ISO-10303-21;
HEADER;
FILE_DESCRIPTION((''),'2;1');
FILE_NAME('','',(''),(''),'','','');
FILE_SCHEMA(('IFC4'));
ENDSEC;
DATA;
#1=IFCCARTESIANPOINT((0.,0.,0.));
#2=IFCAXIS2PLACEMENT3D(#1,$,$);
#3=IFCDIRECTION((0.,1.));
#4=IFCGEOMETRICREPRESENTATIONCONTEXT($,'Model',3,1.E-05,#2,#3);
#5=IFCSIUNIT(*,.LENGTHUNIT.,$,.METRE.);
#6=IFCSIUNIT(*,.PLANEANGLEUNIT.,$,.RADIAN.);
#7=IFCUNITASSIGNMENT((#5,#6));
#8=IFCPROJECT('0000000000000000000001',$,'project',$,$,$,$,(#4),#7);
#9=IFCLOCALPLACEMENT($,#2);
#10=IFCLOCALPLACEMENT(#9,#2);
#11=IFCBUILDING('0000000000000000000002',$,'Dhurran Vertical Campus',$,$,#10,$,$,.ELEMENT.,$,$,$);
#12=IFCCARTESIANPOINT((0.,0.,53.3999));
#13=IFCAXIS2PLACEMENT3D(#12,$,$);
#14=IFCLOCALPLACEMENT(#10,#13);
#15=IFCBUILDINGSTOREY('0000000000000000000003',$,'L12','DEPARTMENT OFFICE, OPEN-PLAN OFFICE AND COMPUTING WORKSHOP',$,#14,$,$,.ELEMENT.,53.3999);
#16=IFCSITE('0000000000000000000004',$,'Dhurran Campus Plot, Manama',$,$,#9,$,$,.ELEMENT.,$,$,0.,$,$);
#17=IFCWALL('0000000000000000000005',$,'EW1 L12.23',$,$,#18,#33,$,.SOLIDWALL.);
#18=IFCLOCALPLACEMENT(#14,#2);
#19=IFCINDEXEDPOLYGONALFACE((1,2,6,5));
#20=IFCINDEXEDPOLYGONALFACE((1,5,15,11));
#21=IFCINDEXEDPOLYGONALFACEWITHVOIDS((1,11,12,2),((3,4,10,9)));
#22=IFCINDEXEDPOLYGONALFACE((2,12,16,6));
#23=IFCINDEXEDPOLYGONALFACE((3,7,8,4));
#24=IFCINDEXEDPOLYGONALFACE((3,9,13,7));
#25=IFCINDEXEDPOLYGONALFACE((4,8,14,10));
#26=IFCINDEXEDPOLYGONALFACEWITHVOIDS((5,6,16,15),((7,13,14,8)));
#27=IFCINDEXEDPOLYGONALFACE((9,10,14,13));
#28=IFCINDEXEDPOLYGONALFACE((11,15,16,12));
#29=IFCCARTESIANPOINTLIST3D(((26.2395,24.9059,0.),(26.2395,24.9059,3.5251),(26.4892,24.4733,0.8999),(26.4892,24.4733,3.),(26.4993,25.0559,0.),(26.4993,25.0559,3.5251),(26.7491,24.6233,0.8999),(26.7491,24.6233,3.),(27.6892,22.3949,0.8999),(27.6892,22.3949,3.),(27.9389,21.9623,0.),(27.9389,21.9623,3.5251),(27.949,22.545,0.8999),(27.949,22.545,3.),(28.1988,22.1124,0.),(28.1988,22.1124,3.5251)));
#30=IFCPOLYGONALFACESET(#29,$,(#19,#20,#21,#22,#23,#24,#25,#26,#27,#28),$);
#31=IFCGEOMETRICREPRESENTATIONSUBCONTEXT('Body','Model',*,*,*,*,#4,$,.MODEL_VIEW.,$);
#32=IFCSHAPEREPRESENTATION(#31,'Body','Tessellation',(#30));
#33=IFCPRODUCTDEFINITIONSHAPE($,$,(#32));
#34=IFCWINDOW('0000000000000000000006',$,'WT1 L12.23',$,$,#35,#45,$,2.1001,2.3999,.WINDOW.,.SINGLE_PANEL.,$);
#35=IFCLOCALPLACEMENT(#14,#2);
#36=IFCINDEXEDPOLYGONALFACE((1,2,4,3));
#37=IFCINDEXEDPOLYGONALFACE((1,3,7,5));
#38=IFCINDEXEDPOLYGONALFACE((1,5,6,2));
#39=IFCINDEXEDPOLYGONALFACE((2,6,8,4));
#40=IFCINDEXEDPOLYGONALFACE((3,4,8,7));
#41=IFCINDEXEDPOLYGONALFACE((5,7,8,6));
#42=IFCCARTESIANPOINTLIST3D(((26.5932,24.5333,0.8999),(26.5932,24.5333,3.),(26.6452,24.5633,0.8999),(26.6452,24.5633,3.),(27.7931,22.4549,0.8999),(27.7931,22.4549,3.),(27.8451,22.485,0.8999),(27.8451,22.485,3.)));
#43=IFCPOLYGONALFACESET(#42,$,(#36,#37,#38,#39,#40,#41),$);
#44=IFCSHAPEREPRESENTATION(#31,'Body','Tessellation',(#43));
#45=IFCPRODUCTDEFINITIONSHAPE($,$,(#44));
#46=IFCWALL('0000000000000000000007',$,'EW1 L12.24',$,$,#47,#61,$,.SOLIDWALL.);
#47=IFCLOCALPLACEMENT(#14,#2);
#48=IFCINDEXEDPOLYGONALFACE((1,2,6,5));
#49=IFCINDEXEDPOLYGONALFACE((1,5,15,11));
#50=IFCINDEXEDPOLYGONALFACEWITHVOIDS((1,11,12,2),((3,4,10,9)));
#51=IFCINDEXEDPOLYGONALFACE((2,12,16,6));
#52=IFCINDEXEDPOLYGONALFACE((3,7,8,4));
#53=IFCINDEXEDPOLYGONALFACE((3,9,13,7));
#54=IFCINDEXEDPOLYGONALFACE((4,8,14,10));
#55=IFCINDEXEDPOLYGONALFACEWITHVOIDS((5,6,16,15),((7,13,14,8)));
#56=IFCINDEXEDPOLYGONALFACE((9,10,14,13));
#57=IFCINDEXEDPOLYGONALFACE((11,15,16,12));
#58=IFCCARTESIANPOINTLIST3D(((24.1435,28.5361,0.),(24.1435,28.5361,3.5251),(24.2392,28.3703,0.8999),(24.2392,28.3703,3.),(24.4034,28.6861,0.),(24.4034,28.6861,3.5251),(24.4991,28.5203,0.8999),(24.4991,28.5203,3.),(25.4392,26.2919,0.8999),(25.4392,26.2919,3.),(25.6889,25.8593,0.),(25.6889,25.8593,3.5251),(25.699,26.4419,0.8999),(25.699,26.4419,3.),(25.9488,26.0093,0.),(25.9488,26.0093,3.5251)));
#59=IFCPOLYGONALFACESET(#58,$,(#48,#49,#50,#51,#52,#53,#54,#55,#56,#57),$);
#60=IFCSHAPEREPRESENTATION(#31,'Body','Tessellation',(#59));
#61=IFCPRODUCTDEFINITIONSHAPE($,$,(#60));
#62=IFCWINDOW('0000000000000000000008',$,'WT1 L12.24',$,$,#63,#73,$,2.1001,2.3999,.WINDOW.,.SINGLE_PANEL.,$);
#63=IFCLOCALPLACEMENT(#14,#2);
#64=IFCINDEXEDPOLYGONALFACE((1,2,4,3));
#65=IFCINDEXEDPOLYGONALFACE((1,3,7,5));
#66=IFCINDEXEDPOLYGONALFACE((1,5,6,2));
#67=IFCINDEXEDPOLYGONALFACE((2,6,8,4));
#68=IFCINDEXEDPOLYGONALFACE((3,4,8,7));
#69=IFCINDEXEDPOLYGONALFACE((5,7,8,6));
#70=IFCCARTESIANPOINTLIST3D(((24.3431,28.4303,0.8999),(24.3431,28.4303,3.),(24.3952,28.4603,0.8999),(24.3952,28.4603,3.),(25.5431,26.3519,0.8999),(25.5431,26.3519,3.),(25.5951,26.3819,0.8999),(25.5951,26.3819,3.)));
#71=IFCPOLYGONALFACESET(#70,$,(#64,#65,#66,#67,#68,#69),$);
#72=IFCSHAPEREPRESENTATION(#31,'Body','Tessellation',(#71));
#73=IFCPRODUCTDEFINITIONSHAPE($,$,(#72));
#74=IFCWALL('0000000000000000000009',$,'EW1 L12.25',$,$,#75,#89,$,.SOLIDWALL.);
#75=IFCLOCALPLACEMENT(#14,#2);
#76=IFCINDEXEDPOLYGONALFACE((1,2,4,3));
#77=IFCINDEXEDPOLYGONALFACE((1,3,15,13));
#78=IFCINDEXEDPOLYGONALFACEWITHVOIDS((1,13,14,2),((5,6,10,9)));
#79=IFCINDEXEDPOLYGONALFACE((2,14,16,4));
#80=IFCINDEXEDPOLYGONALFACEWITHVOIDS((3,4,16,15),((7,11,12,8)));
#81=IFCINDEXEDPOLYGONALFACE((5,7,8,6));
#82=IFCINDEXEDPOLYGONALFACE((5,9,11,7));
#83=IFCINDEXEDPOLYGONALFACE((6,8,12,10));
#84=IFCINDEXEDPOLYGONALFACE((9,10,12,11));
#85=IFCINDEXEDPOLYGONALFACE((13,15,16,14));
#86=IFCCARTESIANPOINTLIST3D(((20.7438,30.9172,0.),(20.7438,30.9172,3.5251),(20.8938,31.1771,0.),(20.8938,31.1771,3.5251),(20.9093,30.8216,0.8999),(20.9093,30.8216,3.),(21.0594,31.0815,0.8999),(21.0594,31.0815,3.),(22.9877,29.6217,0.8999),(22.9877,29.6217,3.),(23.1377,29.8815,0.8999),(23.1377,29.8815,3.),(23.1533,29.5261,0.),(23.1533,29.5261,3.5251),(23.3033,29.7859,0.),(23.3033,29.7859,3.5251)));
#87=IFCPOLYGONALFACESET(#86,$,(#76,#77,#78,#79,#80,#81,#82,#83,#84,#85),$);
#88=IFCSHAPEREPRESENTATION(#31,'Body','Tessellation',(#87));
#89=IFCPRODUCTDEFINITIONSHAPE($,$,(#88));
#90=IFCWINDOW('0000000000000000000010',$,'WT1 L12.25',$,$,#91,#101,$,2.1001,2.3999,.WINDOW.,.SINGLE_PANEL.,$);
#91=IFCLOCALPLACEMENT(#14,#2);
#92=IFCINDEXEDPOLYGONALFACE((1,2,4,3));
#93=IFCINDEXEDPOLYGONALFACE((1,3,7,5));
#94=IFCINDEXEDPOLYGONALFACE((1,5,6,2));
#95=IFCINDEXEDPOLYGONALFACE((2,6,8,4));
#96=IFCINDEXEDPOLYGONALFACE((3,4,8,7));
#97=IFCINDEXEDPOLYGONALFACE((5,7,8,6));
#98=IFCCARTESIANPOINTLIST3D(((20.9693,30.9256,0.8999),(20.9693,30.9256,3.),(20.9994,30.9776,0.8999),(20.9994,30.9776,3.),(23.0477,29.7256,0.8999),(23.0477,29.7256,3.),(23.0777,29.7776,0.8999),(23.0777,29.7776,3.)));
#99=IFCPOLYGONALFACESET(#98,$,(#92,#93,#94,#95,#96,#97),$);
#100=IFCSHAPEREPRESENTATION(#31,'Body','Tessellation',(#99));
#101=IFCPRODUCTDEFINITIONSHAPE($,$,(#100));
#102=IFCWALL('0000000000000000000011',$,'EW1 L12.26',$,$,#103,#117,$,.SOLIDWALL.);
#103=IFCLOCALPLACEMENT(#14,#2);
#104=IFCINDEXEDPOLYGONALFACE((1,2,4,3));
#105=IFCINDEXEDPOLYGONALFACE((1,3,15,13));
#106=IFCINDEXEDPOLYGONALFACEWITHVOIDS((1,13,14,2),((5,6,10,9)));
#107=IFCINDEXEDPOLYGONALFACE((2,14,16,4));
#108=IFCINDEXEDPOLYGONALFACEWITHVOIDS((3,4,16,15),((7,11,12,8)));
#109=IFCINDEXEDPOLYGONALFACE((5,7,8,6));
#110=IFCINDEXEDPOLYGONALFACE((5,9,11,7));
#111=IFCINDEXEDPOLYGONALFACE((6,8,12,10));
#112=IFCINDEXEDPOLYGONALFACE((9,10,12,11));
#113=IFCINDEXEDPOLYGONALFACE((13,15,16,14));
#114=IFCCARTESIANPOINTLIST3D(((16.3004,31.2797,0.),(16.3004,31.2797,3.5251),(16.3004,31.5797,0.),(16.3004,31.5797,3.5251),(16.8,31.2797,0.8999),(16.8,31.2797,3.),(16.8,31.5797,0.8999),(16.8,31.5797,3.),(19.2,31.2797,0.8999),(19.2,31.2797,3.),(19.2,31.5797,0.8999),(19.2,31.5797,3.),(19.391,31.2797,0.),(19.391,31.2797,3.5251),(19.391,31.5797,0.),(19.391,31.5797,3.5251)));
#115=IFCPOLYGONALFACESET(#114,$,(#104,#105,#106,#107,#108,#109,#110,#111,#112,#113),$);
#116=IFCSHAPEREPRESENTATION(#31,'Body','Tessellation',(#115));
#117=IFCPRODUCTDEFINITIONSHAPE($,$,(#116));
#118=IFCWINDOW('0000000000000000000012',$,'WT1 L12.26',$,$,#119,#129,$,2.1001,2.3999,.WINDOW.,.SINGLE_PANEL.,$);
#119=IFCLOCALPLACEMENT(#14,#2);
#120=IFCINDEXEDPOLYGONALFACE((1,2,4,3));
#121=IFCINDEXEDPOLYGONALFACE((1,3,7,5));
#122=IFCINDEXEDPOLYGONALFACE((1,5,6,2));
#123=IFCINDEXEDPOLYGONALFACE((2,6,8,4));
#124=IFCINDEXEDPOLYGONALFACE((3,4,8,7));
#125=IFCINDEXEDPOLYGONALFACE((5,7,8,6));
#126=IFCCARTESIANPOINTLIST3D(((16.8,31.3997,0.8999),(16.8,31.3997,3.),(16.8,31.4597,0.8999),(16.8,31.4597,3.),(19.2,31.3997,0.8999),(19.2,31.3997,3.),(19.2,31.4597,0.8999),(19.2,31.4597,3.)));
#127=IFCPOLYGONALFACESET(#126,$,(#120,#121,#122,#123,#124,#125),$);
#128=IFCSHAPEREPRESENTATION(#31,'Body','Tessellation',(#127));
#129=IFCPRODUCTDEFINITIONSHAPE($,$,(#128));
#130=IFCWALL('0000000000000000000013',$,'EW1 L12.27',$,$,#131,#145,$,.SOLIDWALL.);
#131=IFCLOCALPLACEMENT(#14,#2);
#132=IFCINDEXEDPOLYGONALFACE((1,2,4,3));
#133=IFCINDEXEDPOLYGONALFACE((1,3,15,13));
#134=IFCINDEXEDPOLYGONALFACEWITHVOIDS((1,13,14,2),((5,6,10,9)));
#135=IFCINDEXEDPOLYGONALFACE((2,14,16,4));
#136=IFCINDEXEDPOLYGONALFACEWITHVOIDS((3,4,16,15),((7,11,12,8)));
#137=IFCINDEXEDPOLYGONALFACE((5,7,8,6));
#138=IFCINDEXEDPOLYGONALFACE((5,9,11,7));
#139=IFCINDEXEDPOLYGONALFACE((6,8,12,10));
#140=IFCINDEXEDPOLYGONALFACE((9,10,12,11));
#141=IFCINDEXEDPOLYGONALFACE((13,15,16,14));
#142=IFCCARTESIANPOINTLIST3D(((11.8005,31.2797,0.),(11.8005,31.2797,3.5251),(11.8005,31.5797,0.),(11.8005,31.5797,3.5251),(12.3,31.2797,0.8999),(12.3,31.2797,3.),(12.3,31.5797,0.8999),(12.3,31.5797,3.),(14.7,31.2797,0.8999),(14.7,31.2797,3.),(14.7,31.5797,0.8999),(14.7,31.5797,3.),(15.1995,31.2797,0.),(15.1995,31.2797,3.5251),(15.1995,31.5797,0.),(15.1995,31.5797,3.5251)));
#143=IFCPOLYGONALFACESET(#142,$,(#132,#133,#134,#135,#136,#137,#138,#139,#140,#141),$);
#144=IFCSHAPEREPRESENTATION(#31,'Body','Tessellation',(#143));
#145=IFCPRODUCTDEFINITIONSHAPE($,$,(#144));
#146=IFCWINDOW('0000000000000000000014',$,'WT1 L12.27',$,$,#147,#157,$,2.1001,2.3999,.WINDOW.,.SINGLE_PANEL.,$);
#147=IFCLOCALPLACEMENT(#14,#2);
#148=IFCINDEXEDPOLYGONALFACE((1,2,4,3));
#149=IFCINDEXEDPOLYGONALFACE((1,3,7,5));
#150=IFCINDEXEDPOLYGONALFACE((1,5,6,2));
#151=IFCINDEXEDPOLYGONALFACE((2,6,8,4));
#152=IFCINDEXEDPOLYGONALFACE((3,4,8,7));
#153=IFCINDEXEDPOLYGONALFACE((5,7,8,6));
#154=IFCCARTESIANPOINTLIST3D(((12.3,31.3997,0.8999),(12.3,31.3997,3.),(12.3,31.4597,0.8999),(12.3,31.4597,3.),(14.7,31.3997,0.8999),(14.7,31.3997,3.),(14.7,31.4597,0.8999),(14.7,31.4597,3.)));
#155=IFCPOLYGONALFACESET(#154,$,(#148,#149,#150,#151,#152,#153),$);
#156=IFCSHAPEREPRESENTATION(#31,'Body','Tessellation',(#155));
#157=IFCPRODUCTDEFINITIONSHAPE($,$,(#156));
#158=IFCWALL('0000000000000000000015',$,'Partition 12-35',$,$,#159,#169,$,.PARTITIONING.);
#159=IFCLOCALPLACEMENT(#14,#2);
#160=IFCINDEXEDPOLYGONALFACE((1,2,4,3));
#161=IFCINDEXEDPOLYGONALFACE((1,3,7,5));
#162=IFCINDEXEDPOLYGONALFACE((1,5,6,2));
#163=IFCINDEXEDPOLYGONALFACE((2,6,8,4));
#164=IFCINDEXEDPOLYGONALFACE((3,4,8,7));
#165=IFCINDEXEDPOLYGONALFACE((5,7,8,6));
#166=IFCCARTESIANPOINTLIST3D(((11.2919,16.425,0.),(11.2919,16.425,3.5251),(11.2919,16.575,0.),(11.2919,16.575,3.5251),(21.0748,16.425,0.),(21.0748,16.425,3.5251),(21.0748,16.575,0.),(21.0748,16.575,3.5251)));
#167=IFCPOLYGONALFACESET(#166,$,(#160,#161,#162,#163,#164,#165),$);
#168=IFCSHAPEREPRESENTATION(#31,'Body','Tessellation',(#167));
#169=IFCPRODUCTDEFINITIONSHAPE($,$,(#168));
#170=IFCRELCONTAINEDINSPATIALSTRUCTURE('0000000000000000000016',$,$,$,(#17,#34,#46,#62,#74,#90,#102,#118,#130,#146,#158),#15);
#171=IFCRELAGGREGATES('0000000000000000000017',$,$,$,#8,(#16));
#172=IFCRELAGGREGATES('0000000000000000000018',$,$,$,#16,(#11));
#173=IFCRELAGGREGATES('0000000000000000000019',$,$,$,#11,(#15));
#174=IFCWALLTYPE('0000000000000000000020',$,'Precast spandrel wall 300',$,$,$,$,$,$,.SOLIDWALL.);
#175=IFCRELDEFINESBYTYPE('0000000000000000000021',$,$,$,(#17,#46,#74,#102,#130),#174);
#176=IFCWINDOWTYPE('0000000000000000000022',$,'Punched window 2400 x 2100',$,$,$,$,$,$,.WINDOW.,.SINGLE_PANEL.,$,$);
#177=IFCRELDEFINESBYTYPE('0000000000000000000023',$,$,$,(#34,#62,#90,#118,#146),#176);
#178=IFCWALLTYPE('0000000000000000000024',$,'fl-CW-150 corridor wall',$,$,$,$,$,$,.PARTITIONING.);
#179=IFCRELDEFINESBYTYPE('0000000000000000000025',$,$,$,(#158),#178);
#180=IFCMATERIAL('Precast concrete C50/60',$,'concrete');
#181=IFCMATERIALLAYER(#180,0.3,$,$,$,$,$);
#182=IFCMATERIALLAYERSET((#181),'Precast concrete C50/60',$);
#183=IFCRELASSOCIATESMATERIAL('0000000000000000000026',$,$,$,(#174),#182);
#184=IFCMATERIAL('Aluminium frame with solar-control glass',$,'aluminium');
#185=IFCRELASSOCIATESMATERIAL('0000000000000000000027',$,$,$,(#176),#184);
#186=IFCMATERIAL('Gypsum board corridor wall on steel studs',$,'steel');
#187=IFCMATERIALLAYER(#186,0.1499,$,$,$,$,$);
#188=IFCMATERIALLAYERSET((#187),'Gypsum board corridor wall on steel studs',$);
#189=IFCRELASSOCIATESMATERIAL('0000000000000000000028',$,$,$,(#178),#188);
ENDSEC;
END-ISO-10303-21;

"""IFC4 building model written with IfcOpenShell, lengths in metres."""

from ifc_helpers import new_model, si_unit, direction, frame, frame_2d, origin, place, context, subcontext, project, spatial, rectangle, extrude, material, layer, layer_set, type_object, element, fill, save


model = new_model("IFC4")

# Units and contexts
model_context = context("Model", 3, precision=1e-05, world=origin(), true_north=direction((0.0, 1.0)))
body_context = subcontext(model_context, "Body", "Model", "MODEL_VIEW")
ifc_project = project(units=[si_unit("LENGTHUNIT", "METRE"), si_unit("PLANEANGLEUNIT", "RADIAN")], contexts=[model_context])

# Site, building, storey
site_placement = place(None, origin())
site = spatial("IfcSite", under=ifc_project, at=site_placement, Name="Dhurran Campus Plot, Manama", CompositionType="ELEMENT", RefElevation=0.0)
building_placement = place(site_placement, origin())
building = spatial("IfcBuilding", under=site, at=building_placement, Name="Dhurran Vertical Campus", CompositionType="ELEMENT")
storey_placement = place(building_placement, frame((0.0, 0.0, 53.3999)))
storey = spatial("IfcBuildingStorey", under=building, at=storey_placement, Name="L12", Description="DEPARTMENT OFFICE, OPEN-PLAN OFFICE AND COMPUTING WORKSHOP", CompositionType="ELEMENT", Elevation=53.3999)

# Walls, openings, windows
ifc_material_1 = material(Name="Precast concrete C50/60", Category="concrete")
ifc_layer_1 = layer(ifc_material_1, 0.3)
ifc_layer_set_1 = layer_set([ifc_layer_1], Name="Precast concrete C50/60")
wall_type_1 = type_object("IfcWallType", Name="Precast spandrel wall 300", PredefinedType="SOLIDWALL", material=ifc_layer_set_1)
ifc_material_2 = material(Name="Aluminium frame with solar-control glass", Category="aluminium")
window_type = type_object("IfcWindowType", Name="Punched window 2400 x 2100", PartitioningType="SINGLE_PANEL", PredefinedType="WINDOW", material=ifc_material_2)
wall_1_placement = place(storey_placement, frame((28.0688, 22.0374, 0.0), z_axis=(0.0, 0.0, 1.0), x_axis=(-0.499994, 0.866029, 0.0)))
wall_1 = element("IfcWall", 1, at=wall_1_placement, inside=storey, type_object=wall_type_1, Name="EW1 L12.23", PredefinedType="SOLIDWALL", context=body_context, shape_type="SweptSolid", body=[
    extrude(rectangle(XDim=3.3989, YDim=0.3, at=frame_2d((1.6995, 0.0))), origin(), (0.0, 0.0, 1.0), 3.5251),
])
opening_1_placement = place(wall_1_placement, frame((0.4995, 0.0, 0.8999)))
opening_1 = element("IfcOpeningElement", 2, at=opening_1_placement, cuts=wall_1, PredefinedType="OPENING", context=body_context, shape_type="SweptSolid", body=[
    extrude(rectangle(XDim=2.3999, YDim=2.1001, at=frame_2d((1.2, 1.05))), frame((0.0, 0.1599, 0.0), z_axis=(0.0, -1.0, 0.0), x_axis=(1.0, 0.0, 0.0)), (0.0, 0.0, 1.0), 0.3201),
])
window_1_placement = place(opening_1_placement, origin())
window_1 = element("IfcWindow", 3, at=window_1_placement, inside=storey, type_object=window_type, Name="WT1 L12.23", OverallHeight=2.1001, OverallWidth=2.3999, PartitioningType="SINGLE_PANEL", PredefinedType="WINDOW", context=body_context, shape_type="SweptSolid", body=[
    extrude(rectangle(XDim=2.3999, YDim=2.1001, at=frame_2d((1.2, 1.05))), frame((0.0, 0.03, 0.0), z_axis=(0.0, -1.0, 0.0), x_axis=(1.0, 0.0, 0.0)), (0.0, 0.0, 1.0), 0.0601),
])
fill(opening_1, window_1)
wall_2_placement = place(storey_placement, frame((25.8188, 25.9343, 0.0), z_axis=(0.0, 0.0, 1.0), x_axis=(-0.499996, 0.866028, 0.0)))
wall_2 = element("IfcWall", 4, at=wall_2_placement, inside=storey, type_object=wall_type_1, Name="EW1 L12.24", PredefinedType="SOLIDWALL", context=body_context, shape_type="SweptSolid", body=[
    extrude(rectangle(XDim=3.0908, YDim=0.3, at=frame_2d((1.5454, 0.0))), origin(), (0.0, 0.0, 1.0), 3.5251),
])
opening_2_placement = place(wall_2_placement, frame((0.4995, 0.0, 0.8999)))
opening_2 = element("IfcOpeningElement", 5, at=opening_2_placement, cuts=wall_2, PredefinedType="OPENING", context=body_context, shape_type="SweptSolid", body=[
    extrude(rectangle(XDim=2.3999, YDim=2.1001, at=frame_2d((1.2, 1.05))), frame((0.0, 0.1599, 0.0), z_axis=(0.0, -1.0, 0.0), x_axis=(1.0, 0.0, 0.0)), (0.0, 0.0, 1.0), 0.3201),
])
window_2_placement = place(opening_2_placement, origin())
window_2 = element("IfcWindow", 6, at=window_2_placement, inside=storey, type_object=window_type, Name="WT1 L12.24", OverallHeight=2.1001, OverallWidth=2.3999, PartitioningType="SINGLE_PANEL", PredefinedType="WINDOW", context=body_context, shape_type="SweptSolid", body=[
    extrude(rectangle(XDim=2.3999, YDim=2.1001, at=frame_2d((1.2, 1.05))), frame((0.0, 0.03, 0.0), z_axis=(0.0, -1.0, 0.0), x_axis=(1.0, 0.0, 0.0)), (0.0, 0.0, 1.0), 0.0601),
])
fill(opening_2, window_2)
wall_3_placement = place(storey_placement, frame((23.2283, 29.656, 0.0), z_axis=(0.0, 0.0, 1.0), x_axis=(-0.86602, 0.500009, 0.0)))
wall_3 = element("IfcWall", 7, at=wall_3_placement, inside=storey, type_object=wall_type_1, Name="EW1 L12.25", PredefinedType="SOLIDWALL", context=body_context, shape_type="SweptSolid", body=[
    extrude(rectangle(XDim=2.7822, YDim=0.3, at=frame_2d((1.3911, 0.0))), origin(), (0.0, 0.0, 1.0), 3.5251),
])
opening_3_placement = place(wall_3_placement, frame((0.1912, 0.0, 0.8999)))
opening_3 = element("IfcOpeningElement", 8, at=opening_3_placement, cuts=wall_3, PredefinedType="OPENING", context=body_context, shape_type="SweptSolid", body=[
    extrude(rectangle(XDim=2.3999, YDim=2.1001, at=frame_2d((1.2, 1.05))), frame((0.0, 0.1599, 0.0), z_axis=(0.0, -1.0, 0.0), x_axis=(1.0, 0.0, 0.0)), (0.0, 0.0, 1.0), 0.3201),
])
window_3_placement = place(opening_3_placement, origin())
window_3 = element("IfcWindow", 9, at=window_3_placement, inside=storey, type_object=window_type, Name="WT1 L12.25", OverallHeight=2.1001, OverallWidth=2.3999, PartitioningType="SINGLE_PANEL", PredefinedType="WINDOW", context=body_context, shape_type="SweptSolid", body=[
    extrude(rectangle(XDim=2.3999, YDim=2.1001, at=frame_2d((1.2, 1.05))), frame((0.0, 0.03, 0.0), z_axis=(0.0, -1.0, 0.0), x_axis=(1.0, 0.0, 0.0)), (0.0, 0.0, 1.0), 0.0601),
])
fill(opening_3, window_3)
wall_4_placement = place(storey_placement, frame((19.3911, 31.4297, 0.0), z_axis=(0.0, 0.0, 1.0), x_axis=(-1.0, 0.0, 0.0)))
wall_4 = element("IfcWall", 10, at=wall_4_placement, inside=storey, type_object=wall_type_1, Name="EW1 L12.26", PredefinedType="SOLIDWALL", context=body_context, shape_type="SweptSolid", body=[
    extrude(rectangle(XDim=3.0906, YDim=0.3, at=frame_2d((1.5454, 0.0))), origin(), (0.0, 0.0, 1.0), 3.5251),
])
opening_4_placement = place(wall_4_placement, frame((0.1912, 0.0, 0.8999)))
opening_4 = element("IfcOpeningElement", 11, at=opening_4_placement, cuts=wall_4, PredefinedType="OPENING", context=body_context, shape_type="SweptSolid", body=[
    extrude(rectangle(XDim=2.3999, YDim=2.1001, at=frame_2d((1.2, 1.05))), frame((0.0, 0.1599, 0.0), z_axis=(0.0, -1.0, 0.0), x_axis=(1.0, 0.0, 0.0)), (0.0, 0.0, 1.0), 0.3201),
])
window_4_placement = place(opening_4_placement, origin())
window_4 = element("IfcWindow", 12, at=window_4_placement, inside=storey, type_object=window_type, Name="WT1 L12.26", OverallHeight=2.1001, OverallWidth=2.3999, PartitioningType="SINGLE_PANEL", PredefinedType="WINDOW", context=body_context, shape_type="SweptSolid", body=[
    extrude(rectangle(XDim=2.3999, YDim=2.1001, at=frame_2d((1.2, 1.05))), frame((0.0, 0.03, 0.0), z_axis=(0.0, -1.0, 0.0), x_axis=(1.0, 0.0, 0.0)), (0.0, 0.0, 1.0), 0.0601),
])
fill(opening_4, window_4)
wall_5_placement = place(storey_placement, frame((15.1995, 31.4297, 0.0), z_axis=(0.0, 0.0, 1.0), x_axis=(-1.0, 0.0, 0.0)))
wall_5 = element("IfcWall", 13, at=wall_5_placement, inside=storey, type_object=wall_type_1, Name="EW1 L12.27", PredefinedType="SOLIDWALL", context=body_context, shape_type="SweptSolid", body=[
    extrude(rectangle(XDim=3.3989, YDim=0.3, at=frame_2d((1.6995, 0.0))), origin(), (0.0, 0.0, 1.0), 3.5251),
])
opening_5_placement = place(wall_5_placement, frame((0.4995, 0.0, 0.8999)))
opening_5 = element("IfcOpeningElement", 14, at=opening_5_placement, cuts=wall_5, PredefinedType="OPENING", context=body_context, shape_type="SweptSolid", body=[
    extrude(rectangle(XDim=2.3999, YDim=2.1001, at=frame_2d((1.2, 1.05))), frame((0.0, 0.1599, 0.0), z_axis=(0.0, -1.0, 0.0), x_axis=(1.0, 0.0, 0.0)), (0.0, 0.0, 1.0), 0.3201),
])
window_5_placement = place(opening_5_placement, origin())
window_5 = element("IfcWindow", 15, at=window_5_placement, inside=storey, type_object=window_type, Name="WT1 L12.27", OverallHeight=2.1001, OverallWidth=2.3999, PartitioningType="SINGLE_PANEL", PredefinedType="WINDOW", context=body_context, shape_type="SweptSolid", body=[
    extrude(rectangle(XDim=2.3999, YDim=2.1001, at=frame_2d((1.2, 1.05))), frame((0.0, 0.03, 0.0), z_axis=(0.0, -1.0, 0.0), x_axis=(1.0, 0.0, 0.0)), (0.0, 0.0, 1.0), 0.0601),
])
fill(opening_5, window_5)

# Wall
ifc_material_3 = material(Name="Gypsum board corridor wall on steel studs", Category="steel")
ifc_layer_2 = layer(ifc_material_3, 0.1499)
ifc_layer_set_2 = layer_set([ifc_layer_2], Name="Gypsum board corridor wall on steel studs")
wall_type_2 = type_object("IfcWallType", Name="fl-CW-150 corridor wall", PredefinedType="PARTITIONING", material=ifc_layer_set_2)
wall_6_placement = place(storey_placement, frame((21.075, 16.5, 0.0), z_axis=(0.0, 0.0, 1.0), x_axis=(-1.0, 0.0, 0.0)))
element("IfcWall", 16, at=wall_6_placement, inside=storey, type_object=wall_type_2, Name="Partition 12-35", PredefinedType="PARTITIONING", context=body_context, shape_type="SweptSolid", body=[
    extrude(rectangle(XDim=9.783, YDim=0.1499, at=frame_2d((4.8916, 0.0))), origin(), (0.0, 0.0, 1.0), 3.5251),
])

save(model, "model.ifc")
